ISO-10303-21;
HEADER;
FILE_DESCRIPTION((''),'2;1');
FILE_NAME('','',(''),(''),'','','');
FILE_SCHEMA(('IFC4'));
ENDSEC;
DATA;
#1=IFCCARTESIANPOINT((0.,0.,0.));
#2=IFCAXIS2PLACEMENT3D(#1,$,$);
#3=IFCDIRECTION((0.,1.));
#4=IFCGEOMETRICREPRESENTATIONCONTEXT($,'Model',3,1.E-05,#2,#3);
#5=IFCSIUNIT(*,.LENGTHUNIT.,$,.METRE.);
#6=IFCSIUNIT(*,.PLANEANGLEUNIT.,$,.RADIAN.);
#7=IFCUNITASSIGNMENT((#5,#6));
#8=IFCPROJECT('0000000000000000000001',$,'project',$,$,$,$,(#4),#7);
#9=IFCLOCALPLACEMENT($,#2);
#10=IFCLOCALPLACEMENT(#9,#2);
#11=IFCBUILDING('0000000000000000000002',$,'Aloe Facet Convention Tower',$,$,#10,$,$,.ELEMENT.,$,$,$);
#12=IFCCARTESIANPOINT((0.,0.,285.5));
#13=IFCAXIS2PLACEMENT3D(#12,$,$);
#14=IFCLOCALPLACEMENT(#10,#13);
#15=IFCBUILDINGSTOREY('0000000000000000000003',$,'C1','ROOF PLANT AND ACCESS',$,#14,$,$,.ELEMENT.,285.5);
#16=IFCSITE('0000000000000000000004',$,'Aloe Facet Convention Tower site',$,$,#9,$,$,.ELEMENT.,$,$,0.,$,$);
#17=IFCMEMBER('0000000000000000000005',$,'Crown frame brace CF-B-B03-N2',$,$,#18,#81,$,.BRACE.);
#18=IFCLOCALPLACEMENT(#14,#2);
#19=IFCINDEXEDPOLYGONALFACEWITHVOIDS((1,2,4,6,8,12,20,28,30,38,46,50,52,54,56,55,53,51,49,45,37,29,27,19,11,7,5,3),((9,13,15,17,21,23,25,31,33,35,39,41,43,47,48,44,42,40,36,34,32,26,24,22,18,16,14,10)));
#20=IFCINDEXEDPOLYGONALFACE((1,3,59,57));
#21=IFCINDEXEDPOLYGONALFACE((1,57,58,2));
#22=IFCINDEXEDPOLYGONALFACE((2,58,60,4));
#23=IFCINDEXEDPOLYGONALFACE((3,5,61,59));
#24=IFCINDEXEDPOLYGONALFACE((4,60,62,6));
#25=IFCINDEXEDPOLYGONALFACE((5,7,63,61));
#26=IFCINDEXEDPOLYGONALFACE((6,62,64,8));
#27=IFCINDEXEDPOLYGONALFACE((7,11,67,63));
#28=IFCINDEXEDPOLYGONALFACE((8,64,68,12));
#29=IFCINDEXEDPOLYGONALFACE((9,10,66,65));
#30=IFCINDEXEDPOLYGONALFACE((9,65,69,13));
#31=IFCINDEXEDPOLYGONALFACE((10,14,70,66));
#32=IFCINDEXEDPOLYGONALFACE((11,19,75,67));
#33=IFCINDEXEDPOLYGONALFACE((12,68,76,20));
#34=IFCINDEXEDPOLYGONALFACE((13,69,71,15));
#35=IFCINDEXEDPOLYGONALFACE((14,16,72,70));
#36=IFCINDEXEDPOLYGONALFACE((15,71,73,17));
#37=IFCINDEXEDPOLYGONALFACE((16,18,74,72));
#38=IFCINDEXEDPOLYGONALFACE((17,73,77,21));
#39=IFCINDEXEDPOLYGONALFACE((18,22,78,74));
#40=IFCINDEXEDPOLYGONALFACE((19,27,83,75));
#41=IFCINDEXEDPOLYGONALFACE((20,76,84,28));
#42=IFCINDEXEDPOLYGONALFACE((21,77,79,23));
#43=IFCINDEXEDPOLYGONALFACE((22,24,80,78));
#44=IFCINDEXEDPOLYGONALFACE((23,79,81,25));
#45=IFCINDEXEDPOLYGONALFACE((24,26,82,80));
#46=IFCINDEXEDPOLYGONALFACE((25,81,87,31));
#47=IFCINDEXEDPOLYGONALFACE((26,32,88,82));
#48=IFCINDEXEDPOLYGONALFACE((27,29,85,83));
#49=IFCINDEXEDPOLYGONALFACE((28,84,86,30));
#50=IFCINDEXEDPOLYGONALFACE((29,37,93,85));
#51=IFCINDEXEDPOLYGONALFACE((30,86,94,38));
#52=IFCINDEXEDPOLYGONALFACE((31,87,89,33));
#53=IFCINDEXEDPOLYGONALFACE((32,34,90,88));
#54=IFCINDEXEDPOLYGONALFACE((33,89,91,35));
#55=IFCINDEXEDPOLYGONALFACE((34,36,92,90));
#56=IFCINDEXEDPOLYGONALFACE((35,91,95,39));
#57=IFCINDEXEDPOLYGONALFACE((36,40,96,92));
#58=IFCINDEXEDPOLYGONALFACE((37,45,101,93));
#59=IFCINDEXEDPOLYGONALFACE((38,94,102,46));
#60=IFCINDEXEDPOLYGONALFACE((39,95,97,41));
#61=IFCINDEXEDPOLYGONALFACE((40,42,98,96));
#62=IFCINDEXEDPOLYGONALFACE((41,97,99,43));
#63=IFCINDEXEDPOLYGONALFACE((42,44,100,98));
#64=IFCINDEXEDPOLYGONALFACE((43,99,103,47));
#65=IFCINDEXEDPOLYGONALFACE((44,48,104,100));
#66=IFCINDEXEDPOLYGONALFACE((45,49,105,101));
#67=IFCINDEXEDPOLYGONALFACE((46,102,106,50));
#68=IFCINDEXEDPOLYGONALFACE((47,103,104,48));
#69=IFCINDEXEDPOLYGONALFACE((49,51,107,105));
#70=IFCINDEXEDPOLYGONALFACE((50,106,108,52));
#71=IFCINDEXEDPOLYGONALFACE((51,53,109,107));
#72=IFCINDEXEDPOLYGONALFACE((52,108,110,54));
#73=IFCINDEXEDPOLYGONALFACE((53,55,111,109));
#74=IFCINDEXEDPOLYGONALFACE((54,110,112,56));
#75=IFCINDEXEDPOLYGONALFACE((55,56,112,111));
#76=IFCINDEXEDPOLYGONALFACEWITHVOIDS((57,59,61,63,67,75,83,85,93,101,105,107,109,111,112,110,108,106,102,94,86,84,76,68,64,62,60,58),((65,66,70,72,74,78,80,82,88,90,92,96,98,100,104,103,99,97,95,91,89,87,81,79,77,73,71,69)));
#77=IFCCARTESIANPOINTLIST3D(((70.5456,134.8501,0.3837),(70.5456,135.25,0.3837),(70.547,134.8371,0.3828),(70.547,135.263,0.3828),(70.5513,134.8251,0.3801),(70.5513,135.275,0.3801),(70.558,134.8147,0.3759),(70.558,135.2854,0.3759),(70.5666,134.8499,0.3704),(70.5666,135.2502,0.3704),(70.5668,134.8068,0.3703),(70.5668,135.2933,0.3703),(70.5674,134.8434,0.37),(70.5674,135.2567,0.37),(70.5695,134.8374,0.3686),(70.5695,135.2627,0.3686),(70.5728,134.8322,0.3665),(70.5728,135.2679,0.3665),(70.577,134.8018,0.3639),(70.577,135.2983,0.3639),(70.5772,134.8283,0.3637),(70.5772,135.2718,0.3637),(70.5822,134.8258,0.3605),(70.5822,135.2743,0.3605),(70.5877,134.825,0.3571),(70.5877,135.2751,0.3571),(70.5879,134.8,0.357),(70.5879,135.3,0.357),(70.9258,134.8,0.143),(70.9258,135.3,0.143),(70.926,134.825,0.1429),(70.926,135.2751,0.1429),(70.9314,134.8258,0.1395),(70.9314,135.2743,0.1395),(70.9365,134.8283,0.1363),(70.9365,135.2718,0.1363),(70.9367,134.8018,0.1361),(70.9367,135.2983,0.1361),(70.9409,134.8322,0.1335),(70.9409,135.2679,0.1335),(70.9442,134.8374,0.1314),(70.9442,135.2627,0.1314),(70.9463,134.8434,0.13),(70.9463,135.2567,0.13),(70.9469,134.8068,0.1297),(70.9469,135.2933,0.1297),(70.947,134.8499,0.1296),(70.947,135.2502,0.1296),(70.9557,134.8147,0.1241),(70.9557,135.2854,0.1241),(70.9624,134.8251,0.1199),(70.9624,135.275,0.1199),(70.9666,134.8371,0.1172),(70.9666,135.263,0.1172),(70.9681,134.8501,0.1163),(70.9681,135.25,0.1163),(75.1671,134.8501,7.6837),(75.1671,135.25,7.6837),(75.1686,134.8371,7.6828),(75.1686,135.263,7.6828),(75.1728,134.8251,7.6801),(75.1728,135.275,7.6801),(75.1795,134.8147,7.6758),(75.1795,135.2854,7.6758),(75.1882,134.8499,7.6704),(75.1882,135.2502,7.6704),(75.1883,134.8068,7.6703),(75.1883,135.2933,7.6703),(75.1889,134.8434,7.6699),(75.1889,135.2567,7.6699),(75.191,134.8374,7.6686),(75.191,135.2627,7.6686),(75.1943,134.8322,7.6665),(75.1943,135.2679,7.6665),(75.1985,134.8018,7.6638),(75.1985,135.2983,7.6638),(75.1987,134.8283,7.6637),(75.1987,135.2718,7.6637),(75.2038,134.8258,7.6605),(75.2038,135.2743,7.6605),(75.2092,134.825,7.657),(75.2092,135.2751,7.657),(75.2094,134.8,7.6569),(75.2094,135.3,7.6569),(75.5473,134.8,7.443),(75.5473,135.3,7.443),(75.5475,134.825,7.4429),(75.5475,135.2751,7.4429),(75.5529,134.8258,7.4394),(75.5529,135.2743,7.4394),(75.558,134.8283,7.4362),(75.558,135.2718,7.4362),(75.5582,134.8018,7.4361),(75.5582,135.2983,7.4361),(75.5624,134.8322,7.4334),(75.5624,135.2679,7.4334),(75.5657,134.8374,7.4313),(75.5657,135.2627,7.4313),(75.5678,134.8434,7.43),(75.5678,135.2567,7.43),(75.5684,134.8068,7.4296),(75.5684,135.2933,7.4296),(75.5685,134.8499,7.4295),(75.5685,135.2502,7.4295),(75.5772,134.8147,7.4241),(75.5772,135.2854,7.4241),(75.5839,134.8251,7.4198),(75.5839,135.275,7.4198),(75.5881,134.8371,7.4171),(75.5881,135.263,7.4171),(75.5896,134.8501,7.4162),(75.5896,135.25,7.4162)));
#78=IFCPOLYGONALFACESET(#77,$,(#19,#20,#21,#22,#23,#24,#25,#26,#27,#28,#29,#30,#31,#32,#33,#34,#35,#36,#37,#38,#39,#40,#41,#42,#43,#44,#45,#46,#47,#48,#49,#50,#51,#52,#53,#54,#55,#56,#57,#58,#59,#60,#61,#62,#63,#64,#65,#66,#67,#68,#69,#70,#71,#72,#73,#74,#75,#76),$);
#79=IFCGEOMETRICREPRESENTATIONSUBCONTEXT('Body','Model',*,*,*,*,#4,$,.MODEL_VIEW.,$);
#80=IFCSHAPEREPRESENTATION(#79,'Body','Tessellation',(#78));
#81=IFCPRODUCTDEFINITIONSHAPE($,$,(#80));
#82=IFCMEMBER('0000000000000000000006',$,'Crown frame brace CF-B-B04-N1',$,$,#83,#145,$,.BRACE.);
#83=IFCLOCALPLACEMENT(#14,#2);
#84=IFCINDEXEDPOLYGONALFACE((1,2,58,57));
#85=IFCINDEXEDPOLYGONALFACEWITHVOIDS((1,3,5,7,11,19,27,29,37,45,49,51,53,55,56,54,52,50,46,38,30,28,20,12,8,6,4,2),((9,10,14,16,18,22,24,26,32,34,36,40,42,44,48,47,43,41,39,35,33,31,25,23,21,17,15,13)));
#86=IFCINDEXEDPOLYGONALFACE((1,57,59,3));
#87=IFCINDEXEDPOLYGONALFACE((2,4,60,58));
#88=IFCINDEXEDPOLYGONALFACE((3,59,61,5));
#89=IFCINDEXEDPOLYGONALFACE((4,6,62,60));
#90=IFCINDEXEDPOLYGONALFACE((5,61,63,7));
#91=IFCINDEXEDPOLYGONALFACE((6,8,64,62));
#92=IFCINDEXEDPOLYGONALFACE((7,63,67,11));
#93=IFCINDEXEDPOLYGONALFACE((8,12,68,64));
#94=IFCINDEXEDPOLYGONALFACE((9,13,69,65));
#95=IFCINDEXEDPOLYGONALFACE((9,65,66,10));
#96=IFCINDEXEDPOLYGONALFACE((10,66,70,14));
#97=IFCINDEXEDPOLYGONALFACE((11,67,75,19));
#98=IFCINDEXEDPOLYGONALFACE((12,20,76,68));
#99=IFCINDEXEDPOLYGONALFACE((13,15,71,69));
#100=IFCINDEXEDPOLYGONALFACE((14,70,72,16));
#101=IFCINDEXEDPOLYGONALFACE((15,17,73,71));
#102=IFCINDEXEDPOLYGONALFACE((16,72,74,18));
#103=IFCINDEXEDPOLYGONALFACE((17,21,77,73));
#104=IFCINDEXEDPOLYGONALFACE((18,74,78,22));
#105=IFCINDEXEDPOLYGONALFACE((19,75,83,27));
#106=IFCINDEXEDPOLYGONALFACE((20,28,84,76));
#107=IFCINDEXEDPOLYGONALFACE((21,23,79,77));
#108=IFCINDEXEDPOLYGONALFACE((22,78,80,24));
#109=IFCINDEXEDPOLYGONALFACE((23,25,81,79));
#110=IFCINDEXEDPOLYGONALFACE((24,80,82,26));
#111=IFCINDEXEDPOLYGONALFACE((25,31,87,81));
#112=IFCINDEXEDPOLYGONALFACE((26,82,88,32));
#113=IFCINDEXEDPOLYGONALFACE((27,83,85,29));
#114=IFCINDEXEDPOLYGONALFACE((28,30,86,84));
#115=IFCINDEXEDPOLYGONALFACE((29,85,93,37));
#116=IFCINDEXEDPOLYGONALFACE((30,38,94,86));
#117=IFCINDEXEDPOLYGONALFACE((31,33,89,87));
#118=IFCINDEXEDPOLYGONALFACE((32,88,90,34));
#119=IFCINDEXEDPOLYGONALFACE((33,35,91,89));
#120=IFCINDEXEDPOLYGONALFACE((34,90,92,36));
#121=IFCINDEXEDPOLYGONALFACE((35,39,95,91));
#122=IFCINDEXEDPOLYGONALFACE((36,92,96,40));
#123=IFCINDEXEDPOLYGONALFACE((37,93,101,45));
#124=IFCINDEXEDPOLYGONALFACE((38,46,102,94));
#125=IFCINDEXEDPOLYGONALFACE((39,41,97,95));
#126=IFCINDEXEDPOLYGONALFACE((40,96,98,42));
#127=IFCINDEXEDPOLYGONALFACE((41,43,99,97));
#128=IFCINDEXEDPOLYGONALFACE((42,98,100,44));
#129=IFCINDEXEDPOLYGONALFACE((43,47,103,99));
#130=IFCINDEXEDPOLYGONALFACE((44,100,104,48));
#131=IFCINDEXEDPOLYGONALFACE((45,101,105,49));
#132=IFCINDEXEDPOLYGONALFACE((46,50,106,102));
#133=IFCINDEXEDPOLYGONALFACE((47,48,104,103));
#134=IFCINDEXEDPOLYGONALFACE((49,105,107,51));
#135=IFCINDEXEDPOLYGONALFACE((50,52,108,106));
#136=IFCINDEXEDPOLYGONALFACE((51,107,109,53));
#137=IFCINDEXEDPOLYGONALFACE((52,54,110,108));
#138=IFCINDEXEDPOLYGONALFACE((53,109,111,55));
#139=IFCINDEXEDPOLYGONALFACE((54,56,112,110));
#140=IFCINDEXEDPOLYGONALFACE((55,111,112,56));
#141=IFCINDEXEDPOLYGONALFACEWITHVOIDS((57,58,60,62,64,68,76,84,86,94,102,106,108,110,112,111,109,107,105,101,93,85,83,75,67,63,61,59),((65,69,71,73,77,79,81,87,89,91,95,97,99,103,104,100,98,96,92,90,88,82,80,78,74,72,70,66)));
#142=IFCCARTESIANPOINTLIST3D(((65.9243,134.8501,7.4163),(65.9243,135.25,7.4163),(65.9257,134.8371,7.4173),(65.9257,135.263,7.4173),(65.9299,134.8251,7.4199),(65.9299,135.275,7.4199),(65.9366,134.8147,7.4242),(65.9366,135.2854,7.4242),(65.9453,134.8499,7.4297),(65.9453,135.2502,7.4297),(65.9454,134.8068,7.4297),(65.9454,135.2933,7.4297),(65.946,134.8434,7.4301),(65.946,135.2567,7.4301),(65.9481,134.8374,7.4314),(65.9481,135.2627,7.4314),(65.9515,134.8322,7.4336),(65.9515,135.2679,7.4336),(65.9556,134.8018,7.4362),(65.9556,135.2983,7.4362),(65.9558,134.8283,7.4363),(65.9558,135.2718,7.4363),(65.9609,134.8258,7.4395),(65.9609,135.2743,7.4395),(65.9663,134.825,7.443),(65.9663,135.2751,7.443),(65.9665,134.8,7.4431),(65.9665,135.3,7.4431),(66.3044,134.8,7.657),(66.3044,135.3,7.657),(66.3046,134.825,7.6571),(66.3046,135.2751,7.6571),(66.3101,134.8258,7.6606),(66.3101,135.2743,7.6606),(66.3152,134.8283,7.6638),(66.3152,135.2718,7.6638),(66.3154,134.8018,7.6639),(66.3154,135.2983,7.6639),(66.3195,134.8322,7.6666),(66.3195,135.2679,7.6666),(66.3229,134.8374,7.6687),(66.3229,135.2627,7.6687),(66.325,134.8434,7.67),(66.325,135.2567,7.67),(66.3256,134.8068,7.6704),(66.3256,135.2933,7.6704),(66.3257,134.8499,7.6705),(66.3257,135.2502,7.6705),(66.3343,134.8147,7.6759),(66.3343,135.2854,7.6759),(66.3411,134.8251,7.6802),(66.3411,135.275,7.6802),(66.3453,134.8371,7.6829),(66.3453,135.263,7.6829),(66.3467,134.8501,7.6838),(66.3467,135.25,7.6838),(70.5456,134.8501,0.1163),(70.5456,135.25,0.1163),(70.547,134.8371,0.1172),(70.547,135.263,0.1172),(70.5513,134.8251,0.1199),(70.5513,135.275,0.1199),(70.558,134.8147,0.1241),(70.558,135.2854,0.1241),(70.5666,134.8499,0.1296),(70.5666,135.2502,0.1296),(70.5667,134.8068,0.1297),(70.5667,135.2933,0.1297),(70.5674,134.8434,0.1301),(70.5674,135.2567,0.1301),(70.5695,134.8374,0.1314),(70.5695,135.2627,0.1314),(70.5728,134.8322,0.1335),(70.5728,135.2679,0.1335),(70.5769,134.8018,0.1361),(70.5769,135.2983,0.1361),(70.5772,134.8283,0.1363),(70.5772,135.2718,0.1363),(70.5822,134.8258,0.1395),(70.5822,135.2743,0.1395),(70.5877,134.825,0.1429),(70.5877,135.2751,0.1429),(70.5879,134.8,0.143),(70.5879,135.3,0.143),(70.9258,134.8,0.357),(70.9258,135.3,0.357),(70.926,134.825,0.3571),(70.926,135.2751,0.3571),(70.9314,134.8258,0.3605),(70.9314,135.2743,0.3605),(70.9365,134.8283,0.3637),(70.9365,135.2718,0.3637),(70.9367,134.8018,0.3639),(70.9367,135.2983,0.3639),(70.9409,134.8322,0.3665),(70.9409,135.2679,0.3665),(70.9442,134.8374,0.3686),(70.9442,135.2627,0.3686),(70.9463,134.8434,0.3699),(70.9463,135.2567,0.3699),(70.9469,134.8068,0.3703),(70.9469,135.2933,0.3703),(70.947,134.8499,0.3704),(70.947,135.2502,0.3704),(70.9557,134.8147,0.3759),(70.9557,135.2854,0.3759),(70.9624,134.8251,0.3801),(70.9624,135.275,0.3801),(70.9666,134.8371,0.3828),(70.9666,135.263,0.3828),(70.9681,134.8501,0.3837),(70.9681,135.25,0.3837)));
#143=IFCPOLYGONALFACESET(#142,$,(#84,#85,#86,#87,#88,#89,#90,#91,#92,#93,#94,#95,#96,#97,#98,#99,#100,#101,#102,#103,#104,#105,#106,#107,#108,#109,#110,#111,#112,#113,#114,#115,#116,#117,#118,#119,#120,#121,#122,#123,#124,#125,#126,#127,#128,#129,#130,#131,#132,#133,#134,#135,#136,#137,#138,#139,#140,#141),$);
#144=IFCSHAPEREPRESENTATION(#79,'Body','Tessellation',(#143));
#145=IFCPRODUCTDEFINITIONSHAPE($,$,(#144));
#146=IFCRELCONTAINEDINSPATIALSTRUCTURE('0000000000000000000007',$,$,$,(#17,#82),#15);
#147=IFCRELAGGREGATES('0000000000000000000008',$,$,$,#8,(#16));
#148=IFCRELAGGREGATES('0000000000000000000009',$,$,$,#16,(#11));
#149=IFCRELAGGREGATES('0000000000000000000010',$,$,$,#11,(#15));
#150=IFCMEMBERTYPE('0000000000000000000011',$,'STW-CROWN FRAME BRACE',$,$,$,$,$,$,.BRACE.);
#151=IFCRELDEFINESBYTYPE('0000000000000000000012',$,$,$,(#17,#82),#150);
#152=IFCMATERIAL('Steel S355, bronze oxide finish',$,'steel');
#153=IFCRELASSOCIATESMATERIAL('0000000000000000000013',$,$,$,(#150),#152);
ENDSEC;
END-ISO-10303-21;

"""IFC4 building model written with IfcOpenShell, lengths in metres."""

from ifc_helpers import new_model, si_unit, direction, frame, origin, origin_2d, place, context, subcontext, project, spatial, hollow_rectangle, extrude, material, material_profile, profile_set, type_object, element, save


model = new_model("IFC4")

# Units and contexts
model_context = context("Model", 3, precision=1e-05, world=origin(), true_north=direction((0.0, 1.0)))
body_context = subcontext(model_context, "Body", "Model", "MODEL_VIEW")
ifc_project = project(units=[si_unit("LENGTHUNIT", "METRE"), si_unit("PLANEANGLEUNIT", "RADIAN")], contexts=[model_context])

# Site, building, storey
site_placement = place(None, origin())
site = spatial("IfcSite", under=ifc_project, at=site_placement, Name="Aloe Facet Convention Tower site", CompositionType="ELEMENT", RefElevation=0.0)
building_placement = place(site_placement, origin())
building = spatial("IfcBuilding", under=site, at=building_placement, Name="Aloe Facet Convention Tower", CompositionType="ELEMENT")
storey_placement = place(building_placement, frame((0.0, 0.0, 285.5)))
storey = spatial("IfcBuildingStorey", under=building, at=storey_placement, Name="C1", Description="ROOF PLANT AND ACCESS", CompositionType="ELEMENT", Elevation=285.5)

# Members
ifc_material_1 = material(Name="Steel S355, bronze oxide finish", Category="steel")
ifc_material_profile_1 = material_profile(ifc_material_1, hollow_rectangle(XDim=0.5, YDim=0.5, WallThickness=0.0249, InnerFilletRadius=0.0249, OuterFilletRadius=0.05, at=origin_2d()), Name="SHS 500x500x25")
ifc_profile_set_1 = profile_set([ifc_material_profile_1], Name="Steel S355, bronze oxide finish")
member_type = type_object("IfcMemberType", Name="STW-CROWN FRAME BRACE", PredefinedType="BRACE", material=ifc_profile_set_1)
for number, where, z_axis, x_axis, name in (
    (1, (70.7568, 135.05, 0.25), (0.534905, 0.0, 0.844912), (0.0, 1.0, 0.0), "Crown frame brace CF-B-B03-N2"),
    (2, (70.7568, 135.05, 0.25), (-0.534885, 0.0, 0.844925), (0.0, -1.0, 0.0), "Crown frame brace CF-B-B04-N1"),
):
    element("IfcMember", number, at=place(storey_placement, frame(where, z_axis=z_axis, x_axis=x_axis)), inside=storey, type_object=member_type, Name=name, PredefinedType="BRACE", context=body_context, shape_type="SweptSolid", body=[
        extrude(hollow_rectangle(XDim=0.5, YDim=0.5, WallThickness=0.0249, InnerFilletRadius=0.0249, OuterFilletRadius=0.05, at=origin_2d()), origin(), (0.0, 0.0, 1.0), 8.6399),
    ])

save(model, "model.ifc")
